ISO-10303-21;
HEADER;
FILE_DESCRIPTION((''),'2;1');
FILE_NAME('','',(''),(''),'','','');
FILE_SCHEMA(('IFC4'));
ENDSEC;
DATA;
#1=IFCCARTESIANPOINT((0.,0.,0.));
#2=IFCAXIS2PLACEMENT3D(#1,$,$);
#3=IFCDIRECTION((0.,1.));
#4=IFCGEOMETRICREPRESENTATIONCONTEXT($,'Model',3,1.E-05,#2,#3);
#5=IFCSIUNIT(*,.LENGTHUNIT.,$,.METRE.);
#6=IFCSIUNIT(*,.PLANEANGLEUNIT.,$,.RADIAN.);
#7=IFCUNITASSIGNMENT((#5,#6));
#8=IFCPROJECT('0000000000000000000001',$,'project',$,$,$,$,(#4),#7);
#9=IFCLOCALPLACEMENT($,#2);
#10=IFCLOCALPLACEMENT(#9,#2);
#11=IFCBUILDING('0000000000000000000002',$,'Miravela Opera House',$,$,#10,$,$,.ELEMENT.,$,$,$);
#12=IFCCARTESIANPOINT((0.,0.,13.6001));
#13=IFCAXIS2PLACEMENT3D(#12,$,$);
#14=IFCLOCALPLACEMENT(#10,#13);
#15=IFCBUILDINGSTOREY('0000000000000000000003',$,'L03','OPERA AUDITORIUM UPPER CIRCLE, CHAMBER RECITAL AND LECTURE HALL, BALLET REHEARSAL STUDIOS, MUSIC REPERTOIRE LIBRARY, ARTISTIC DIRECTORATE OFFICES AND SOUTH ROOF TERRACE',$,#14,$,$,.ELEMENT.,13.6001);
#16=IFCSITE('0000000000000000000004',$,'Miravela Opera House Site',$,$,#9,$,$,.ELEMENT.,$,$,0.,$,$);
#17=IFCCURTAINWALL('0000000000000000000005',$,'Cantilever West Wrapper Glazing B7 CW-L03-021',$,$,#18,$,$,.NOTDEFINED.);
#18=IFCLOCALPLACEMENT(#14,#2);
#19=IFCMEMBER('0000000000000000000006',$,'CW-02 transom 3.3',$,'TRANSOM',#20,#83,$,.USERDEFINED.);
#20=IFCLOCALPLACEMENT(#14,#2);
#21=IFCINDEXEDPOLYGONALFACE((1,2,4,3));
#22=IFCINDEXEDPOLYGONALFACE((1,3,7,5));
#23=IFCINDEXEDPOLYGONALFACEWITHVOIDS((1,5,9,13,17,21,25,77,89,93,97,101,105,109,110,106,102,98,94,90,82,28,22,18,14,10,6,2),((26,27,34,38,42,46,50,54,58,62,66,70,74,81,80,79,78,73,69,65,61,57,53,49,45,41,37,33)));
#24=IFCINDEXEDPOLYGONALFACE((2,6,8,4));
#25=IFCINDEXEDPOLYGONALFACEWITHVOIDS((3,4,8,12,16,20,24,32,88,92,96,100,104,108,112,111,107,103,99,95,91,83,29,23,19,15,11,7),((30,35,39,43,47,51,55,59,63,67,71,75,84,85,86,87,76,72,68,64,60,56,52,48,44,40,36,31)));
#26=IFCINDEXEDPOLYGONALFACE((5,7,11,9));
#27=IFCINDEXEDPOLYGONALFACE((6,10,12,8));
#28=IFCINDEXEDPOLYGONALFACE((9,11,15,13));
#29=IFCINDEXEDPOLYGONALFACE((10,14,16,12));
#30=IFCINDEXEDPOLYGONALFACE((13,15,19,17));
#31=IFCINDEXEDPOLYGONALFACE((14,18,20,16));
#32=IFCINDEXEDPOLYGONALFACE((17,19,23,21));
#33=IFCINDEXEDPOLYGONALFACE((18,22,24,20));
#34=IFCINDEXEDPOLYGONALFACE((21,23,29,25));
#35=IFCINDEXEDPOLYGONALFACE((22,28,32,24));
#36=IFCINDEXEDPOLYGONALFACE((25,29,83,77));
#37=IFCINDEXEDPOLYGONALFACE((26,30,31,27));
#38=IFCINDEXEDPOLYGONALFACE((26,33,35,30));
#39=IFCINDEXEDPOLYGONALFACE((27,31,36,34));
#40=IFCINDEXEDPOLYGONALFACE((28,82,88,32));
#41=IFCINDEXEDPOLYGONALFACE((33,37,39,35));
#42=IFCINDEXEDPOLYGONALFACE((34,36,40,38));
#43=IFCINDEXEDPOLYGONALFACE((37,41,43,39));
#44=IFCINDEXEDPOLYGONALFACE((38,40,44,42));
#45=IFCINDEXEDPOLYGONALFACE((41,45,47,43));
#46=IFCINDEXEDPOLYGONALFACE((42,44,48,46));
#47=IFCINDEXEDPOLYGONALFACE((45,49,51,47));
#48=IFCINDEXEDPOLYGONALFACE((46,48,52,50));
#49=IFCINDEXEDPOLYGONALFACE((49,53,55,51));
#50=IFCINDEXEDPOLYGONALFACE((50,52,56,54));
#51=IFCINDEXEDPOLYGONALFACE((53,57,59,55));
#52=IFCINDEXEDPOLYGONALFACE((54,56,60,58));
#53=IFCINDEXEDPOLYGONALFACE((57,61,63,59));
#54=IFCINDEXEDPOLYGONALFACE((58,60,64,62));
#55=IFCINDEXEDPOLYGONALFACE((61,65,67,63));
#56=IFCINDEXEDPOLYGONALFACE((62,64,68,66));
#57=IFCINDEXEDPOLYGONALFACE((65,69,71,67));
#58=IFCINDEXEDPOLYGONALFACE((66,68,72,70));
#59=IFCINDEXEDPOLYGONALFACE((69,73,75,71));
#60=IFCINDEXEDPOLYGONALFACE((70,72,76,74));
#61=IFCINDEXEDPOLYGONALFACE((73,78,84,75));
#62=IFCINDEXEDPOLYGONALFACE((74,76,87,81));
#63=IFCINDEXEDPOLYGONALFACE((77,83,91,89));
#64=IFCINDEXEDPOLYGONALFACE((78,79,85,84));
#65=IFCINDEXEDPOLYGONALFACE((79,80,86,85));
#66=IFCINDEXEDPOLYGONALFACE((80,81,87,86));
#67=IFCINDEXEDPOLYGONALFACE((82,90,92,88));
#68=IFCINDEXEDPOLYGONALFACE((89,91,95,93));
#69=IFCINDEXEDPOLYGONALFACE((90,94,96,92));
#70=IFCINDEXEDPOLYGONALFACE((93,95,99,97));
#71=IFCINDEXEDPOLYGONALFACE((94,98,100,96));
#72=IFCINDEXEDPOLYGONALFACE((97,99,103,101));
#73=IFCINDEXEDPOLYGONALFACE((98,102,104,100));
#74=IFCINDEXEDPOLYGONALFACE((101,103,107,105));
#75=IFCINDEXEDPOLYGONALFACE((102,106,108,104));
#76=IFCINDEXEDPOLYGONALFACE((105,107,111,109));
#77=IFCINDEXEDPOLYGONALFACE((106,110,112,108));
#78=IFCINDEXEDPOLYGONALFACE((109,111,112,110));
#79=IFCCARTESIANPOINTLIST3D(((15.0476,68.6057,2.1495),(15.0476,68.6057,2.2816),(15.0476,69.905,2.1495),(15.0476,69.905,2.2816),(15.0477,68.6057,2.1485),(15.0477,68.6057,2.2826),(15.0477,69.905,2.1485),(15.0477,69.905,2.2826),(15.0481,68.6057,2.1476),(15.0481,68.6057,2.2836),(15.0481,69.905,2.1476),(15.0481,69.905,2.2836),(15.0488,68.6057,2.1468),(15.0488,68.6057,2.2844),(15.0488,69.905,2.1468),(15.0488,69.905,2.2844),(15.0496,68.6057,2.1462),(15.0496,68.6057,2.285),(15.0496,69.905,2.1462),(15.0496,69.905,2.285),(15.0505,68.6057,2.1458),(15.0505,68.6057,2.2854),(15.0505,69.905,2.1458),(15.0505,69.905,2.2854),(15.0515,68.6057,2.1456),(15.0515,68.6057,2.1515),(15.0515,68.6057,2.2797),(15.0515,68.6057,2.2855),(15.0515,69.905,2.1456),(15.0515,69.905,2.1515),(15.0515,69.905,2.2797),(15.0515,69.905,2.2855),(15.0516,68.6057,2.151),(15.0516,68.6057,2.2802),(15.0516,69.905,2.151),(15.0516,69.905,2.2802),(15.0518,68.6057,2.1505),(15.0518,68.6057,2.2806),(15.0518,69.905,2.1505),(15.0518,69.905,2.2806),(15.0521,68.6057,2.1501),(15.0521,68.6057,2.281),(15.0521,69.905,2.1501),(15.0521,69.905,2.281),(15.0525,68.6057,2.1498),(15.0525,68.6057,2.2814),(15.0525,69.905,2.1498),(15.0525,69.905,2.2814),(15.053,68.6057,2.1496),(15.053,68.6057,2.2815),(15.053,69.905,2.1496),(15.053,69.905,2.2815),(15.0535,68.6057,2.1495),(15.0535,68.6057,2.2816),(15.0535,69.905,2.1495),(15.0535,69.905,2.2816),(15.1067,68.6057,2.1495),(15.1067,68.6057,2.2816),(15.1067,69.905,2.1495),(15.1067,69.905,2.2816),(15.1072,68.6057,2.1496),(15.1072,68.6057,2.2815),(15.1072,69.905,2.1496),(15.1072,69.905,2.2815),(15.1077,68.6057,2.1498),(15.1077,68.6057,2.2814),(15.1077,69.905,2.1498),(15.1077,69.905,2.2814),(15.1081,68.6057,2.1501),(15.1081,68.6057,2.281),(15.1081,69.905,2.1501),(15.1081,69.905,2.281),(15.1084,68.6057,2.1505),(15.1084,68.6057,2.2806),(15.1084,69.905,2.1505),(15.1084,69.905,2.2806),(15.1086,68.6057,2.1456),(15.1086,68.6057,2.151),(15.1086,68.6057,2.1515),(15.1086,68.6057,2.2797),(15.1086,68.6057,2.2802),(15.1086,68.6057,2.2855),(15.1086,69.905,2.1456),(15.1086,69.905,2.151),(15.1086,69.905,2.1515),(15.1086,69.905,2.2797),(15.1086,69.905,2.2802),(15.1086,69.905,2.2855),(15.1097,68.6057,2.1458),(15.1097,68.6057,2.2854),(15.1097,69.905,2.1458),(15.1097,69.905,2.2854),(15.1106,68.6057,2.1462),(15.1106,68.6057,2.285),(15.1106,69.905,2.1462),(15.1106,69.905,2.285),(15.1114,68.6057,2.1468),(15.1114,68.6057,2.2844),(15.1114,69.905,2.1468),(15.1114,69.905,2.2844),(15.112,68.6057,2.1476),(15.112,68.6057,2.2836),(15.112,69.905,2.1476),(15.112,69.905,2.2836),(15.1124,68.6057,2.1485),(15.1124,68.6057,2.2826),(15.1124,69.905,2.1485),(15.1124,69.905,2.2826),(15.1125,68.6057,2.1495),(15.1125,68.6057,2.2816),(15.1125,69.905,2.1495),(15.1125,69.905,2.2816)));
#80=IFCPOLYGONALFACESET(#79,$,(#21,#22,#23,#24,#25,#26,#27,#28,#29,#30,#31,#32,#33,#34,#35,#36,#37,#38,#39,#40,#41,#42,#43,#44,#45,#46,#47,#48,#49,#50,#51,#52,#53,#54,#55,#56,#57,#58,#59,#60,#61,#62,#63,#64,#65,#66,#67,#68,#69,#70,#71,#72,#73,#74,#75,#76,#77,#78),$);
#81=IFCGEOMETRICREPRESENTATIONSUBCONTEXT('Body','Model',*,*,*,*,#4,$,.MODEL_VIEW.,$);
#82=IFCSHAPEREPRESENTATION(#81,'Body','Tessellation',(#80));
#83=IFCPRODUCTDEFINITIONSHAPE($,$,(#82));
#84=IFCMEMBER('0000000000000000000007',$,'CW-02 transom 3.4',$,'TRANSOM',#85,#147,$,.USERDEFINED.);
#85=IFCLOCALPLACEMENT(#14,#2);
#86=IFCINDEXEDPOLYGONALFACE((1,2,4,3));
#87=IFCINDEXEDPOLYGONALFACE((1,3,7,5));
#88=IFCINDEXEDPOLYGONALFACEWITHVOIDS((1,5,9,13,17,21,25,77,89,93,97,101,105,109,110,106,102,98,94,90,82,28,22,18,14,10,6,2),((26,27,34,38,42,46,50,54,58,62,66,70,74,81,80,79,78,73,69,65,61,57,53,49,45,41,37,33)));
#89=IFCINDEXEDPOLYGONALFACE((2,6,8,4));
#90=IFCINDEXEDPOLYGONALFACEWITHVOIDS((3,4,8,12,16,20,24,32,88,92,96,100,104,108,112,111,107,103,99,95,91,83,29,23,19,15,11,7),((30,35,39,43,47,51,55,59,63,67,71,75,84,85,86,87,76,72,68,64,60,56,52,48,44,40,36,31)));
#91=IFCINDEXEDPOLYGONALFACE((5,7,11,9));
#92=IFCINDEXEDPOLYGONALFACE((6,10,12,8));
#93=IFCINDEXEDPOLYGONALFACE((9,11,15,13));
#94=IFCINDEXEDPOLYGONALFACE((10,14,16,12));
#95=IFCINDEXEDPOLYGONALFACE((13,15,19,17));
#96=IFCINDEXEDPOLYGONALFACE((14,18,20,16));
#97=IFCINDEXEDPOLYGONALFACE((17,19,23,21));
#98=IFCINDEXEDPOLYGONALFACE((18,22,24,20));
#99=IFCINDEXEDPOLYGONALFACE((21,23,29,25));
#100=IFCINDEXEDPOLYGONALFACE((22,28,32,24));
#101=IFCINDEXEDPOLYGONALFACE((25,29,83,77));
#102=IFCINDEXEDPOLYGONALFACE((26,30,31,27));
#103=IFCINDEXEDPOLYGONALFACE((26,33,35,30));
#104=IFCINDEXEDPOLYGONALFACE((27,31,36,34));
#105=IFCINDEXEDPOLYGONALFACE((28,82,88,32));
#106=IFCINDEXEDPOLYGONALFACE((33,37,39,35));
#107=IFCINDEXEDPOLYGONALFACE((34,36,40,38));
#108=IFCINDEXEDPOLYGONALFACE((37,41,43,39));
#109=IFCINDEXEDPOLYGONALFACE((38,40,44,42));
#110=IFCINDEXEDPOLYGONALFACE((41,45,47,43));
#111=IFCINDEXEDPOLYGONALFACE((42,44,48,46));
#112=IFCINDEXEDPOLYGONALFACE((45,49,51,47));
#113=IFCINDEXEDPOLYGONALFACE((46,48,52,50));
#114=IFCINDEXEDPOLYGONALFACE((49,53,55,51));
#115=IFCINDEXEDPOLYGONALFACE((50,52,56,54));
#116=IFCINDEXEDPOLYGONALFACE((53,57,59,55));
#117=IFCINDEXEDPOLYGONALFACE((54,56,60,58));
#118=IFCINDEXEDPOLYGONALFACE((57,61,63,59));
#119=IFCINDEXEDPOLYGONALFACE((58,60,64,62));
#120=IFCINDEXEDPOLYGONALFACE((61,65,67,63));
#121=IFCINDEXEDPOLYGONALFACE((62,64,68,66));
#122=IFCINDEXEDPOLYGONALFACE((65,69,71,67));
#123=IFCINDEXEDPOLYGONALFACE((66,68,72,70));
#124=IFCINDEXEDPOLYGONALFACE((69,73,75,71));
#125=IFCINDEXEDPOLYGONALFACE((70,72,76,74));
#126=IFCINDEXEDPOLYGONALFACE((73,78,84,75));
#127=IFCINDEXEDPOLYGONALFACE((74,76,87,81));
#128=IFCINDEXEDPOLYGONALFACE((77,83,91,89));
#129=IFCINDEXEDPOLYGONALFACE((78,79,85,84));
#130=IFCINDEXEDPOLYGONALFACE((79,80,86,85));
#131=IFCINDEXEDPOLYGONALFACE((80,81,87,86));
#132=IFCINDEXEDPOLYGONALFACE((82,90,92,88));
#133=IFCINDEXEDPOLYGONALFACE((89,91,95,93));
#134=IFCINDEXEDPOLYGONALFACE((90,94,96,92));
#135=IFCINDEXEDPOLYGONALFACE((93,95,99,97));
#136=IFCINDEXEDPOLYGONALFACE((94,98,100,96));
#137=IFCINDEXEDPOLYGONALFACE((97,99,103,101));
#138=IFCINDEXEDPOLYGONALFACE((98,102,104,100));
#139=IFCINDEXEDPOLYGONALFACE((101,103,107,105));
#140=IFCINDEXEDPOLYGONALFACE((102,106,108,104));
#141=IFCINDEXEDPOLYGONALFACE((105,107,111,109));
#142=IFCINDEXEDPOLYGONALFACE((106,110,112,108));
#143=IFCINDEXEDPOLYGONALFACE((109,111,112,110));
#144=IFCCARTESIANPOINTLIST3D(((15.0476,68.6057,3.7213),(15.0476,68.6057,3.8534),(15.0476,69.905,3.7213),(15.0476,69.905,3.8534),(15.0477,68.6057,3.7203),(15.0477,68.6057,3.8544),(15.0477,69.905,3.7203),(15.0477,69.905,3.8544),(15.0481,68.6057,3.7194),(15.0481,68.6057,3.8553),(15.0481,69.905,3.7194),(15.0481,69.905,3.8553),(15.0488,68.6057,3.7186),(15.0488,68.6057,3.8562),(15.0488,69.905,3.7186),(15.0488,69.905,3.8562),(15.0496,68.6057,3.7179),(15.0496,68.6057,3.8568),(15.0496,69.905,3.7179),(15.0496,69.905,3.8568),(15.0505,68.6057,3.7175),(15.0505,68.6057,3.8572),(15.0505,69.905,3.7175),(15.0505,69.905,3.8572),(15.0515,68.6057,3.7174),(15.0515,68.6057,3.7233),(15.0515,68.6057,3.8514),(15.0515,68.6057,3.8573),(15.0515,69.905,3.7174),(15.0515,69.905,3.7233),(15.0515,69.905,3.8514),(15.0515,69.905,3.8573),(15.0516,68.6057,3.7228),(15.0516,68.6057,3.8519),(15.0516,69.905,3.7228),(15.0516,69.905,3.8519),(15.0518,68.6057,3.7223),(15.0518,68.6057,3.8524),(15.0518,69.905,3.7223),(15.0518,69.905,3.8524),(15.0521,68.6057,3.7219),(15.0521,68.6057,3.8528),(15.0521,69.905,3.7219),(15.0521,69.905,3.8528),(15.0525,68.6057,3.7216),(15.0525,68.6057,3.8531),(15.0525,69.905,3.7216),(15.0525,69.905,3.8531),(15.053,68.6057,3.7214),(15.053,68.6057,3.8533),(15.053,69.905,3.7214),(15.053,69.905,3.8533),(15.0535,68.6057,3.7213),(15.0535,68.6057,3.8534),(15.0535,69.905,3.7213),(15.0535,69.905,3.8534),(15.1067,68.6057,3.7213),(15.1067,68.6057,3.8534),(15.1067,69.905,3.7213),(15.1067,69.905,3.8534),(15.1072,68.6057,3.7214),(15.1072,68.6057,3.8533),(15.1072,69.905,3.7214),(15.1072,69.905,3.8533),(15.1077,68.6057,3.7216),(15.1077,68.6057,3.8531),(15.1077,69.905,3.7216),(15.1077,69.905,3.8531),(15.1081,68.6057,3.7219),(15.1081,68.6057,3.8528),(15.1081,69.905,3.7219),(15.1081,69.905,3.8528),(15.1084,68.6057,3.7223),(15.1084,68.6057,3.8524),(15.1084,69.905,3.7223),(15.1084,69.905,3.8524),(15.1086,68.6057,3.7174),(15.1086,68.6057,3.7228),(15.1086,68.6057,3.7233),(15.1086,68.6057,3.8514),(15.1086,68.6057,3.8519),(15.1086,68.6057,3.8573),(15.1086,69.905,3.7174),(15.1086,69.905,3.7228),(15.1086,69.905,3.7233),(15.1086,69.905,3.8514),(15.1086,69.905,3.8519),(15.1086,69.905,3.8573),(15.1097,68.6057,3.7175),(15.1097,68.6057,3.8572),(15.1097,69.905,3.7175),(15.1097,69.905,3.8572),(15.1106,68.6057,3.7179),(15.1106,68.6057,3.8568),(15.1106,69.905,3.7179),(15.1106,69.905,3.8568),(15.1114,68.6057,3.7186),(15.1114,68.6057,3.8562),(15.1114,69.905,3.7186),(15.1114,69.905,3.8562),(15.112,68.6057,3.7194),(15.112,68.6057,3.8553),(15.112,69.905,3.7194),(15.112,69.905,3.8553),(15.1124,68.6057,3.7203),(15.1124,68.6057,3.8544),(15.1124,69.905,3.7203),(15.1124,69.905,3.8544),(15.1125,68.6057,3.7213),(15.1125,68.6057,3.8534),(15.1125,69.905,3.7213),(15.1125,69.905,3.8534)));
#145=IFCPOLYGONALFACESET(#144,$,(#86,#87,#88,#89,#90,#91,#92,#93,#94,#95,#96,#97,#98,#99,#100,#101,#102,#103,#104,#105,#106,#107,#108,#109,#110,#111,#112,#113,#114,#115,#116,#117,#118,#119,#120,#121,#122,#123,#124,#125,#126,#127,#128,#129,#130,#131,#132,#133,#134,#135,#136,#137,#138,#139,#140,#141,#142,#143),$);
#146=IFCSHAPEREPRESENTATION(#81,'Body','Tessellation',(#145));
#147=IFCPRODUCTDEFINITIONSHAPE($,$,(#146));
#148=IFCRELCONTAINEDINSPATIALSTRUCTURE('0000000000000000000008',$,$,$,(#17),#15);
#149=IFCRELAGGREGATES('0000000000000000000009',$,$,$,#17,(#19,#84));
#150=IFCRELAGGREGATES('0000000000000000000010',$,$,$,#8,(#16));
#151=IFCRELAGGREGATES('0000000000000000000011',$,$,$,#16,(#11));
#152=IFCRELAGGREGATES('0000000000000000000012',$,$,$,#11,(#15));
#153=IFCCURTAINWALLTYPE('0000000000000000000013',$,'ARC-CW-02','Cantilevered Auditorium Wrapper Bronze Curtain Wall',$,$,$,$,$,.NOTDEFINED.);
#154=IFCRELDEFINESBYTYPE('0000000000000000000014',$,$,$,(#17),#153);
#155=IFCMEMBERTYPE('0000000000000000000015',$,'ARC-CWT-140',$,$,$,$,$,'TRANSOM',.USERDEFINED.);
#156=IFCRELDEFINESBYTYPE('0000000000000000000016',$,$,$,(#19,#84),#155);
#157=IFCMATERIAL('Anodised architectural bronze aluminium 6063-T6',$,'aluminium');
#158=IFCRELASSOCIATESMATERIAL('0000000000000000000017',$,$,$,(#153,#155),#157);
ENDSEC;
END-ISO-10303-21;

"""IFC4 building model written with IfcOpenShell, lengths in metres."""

from ifc_helpers import new_model, si_unit, direction, frame, origin, origin_2d, place, context, subcontext, project, spatial, hollow_rectangle, extrude, material, material_profile, profile_set, type_object, element, aggregate, save


model = new_model("IFC4")

# Units and contexts
model_context = context("Model", 3, precision=1e-05, world=origin(), true_north=direction((0.0, 1.0)))
body_context = subcontext(model_context, "Body", "Model", "MODEL_VIEW")
ifc_project = project(units=[si_unit("LENGTHUNIT", "METRE"), si_unit("PLANEANGLEUNIT", "RADIAN")], contexts=[model_context])

# Site, building, storey
site_placement = place(None, origin())
site = spatial("IfcSite", under=ifc_project, at=site_placement, Name="Miravela Opera House Site", CompositionType="ELEMENT", RefElevation=0.0)
building_placement = place(site_placement, origin())
building = spatial("IfcBuilding", under=site, at=building_placement, Name="Miravela Opera House", CompositionType="ELEMENT")
storey_placement = place(building_placement, frame((0.0, 0.0, 13.6001)))
storey = spatial("IfcBuildingStorey", under=building, at=storey_placement, Name="L03", Description="OPERA AUDITORIUM UPPER CIRCLE, CHAMBER RECITAL AND LECTURE HALL, BALLET REHEARSAL STUDIOS, MUSIC REPERTOIRE LIBRARY, ARTISTIC DIRECTORATE OFFICES AND SOUTH ROOF TERRACE", CompositionType="ELEMENT", Elevation=13.6001)

# Curtain wall
ifc_material_1 = material(Name="Anodised architectural bronze aluminium 6063-T6", Category="aluminium")
curtain_wall_type = type_object("IfcCurtainWallType", Name="ARC-CW-02", Description="Cantilevered Auditorium Wrapper Bronze Curtain Wall", PredefinedType="NOTDEFINED", material=ifc_material_1)
curtain_wall_1_placement = place(storey_placement, origin())
curtain_wall_1 = element("IfcCurtainWall", 1, at=curtain_wall_1_placement, inside=storey, type_object=curtain_wall_type, Name="Cantilever West Wrapper Glazing B7 CW-L03-021", PredefinedType="NOTDEFINED")

# Members
ifc_material_profile_1 = material_profile(ifc_material_1, hollow_rectangle(XDim=0.0649, YDim=0.1399, WallThickness=0.0039, InnerFilletRadius=0.002, OuterFilletRadius=0.0039, at=origin_2d()), Name="CWT-65X140")
ifc_profile_set_1 = profile_set([ifc_material_profile_1])
member_type_1 = type_object("IfcMemberType", Name="ARC-CWT-140", ElementType="TRANSOM", PredefinedType="USERDEFINED", material=ifc_profile_set_1)
member_1_placement = place(storey_placement, frame((15.0801, 68.6057, 2.2156), z_axis=(0.0, 1.0, 0.0), x_axis=(-1.0, 0.0, 0.0)))
member_1 = element("IfcMember", 2, at=member_1_placement, type_object=member_type_1, Name="CW-02 transom 3.3", ObjectType="TRANSOM", PredefinedType="USERDEFINED", context=body_context, shape_type="SweptSolid", body=[
    extrude(hollow_rectangle(XDim=0.0649, YDim=0.1399, WallThickness=0.0039, InnerFilletRadius=0.002, OuterFilletRadius=0.0039, at=origin_2d()), origin(), (0.0, 0.0, 1.0), 1.2993),
])
member_2_placement = place(storey_placement, frame((15.0801, 68.6057, 3.7874), z_axis=(0.0, 1.0, 0.0), x_axis=(-1.0, 0.0, 0.0)))
member_2 = element("IfcMember", 3, at=member_2_placement, type_object=member_type_1, Name="CW-02 transom 3.4", ObjectType="TRANSOM", PredefinedType="USERDEFINED", context=body_context, shape_type="SweptSolid", body=[
    extrude(hollow_rectangle(XDim=0.0649, YDim=0.1399, WallThickness=0.0039, InnerFilletRadius=0.002, OuterFilletRadius=0.0039, at=origin_2d()), origin(), (0.0, 0.0, 1.0), 1.2993),
])

aggregate(curtain_wall_1, [member_1, member_2])

save(model, "model.ifc")
